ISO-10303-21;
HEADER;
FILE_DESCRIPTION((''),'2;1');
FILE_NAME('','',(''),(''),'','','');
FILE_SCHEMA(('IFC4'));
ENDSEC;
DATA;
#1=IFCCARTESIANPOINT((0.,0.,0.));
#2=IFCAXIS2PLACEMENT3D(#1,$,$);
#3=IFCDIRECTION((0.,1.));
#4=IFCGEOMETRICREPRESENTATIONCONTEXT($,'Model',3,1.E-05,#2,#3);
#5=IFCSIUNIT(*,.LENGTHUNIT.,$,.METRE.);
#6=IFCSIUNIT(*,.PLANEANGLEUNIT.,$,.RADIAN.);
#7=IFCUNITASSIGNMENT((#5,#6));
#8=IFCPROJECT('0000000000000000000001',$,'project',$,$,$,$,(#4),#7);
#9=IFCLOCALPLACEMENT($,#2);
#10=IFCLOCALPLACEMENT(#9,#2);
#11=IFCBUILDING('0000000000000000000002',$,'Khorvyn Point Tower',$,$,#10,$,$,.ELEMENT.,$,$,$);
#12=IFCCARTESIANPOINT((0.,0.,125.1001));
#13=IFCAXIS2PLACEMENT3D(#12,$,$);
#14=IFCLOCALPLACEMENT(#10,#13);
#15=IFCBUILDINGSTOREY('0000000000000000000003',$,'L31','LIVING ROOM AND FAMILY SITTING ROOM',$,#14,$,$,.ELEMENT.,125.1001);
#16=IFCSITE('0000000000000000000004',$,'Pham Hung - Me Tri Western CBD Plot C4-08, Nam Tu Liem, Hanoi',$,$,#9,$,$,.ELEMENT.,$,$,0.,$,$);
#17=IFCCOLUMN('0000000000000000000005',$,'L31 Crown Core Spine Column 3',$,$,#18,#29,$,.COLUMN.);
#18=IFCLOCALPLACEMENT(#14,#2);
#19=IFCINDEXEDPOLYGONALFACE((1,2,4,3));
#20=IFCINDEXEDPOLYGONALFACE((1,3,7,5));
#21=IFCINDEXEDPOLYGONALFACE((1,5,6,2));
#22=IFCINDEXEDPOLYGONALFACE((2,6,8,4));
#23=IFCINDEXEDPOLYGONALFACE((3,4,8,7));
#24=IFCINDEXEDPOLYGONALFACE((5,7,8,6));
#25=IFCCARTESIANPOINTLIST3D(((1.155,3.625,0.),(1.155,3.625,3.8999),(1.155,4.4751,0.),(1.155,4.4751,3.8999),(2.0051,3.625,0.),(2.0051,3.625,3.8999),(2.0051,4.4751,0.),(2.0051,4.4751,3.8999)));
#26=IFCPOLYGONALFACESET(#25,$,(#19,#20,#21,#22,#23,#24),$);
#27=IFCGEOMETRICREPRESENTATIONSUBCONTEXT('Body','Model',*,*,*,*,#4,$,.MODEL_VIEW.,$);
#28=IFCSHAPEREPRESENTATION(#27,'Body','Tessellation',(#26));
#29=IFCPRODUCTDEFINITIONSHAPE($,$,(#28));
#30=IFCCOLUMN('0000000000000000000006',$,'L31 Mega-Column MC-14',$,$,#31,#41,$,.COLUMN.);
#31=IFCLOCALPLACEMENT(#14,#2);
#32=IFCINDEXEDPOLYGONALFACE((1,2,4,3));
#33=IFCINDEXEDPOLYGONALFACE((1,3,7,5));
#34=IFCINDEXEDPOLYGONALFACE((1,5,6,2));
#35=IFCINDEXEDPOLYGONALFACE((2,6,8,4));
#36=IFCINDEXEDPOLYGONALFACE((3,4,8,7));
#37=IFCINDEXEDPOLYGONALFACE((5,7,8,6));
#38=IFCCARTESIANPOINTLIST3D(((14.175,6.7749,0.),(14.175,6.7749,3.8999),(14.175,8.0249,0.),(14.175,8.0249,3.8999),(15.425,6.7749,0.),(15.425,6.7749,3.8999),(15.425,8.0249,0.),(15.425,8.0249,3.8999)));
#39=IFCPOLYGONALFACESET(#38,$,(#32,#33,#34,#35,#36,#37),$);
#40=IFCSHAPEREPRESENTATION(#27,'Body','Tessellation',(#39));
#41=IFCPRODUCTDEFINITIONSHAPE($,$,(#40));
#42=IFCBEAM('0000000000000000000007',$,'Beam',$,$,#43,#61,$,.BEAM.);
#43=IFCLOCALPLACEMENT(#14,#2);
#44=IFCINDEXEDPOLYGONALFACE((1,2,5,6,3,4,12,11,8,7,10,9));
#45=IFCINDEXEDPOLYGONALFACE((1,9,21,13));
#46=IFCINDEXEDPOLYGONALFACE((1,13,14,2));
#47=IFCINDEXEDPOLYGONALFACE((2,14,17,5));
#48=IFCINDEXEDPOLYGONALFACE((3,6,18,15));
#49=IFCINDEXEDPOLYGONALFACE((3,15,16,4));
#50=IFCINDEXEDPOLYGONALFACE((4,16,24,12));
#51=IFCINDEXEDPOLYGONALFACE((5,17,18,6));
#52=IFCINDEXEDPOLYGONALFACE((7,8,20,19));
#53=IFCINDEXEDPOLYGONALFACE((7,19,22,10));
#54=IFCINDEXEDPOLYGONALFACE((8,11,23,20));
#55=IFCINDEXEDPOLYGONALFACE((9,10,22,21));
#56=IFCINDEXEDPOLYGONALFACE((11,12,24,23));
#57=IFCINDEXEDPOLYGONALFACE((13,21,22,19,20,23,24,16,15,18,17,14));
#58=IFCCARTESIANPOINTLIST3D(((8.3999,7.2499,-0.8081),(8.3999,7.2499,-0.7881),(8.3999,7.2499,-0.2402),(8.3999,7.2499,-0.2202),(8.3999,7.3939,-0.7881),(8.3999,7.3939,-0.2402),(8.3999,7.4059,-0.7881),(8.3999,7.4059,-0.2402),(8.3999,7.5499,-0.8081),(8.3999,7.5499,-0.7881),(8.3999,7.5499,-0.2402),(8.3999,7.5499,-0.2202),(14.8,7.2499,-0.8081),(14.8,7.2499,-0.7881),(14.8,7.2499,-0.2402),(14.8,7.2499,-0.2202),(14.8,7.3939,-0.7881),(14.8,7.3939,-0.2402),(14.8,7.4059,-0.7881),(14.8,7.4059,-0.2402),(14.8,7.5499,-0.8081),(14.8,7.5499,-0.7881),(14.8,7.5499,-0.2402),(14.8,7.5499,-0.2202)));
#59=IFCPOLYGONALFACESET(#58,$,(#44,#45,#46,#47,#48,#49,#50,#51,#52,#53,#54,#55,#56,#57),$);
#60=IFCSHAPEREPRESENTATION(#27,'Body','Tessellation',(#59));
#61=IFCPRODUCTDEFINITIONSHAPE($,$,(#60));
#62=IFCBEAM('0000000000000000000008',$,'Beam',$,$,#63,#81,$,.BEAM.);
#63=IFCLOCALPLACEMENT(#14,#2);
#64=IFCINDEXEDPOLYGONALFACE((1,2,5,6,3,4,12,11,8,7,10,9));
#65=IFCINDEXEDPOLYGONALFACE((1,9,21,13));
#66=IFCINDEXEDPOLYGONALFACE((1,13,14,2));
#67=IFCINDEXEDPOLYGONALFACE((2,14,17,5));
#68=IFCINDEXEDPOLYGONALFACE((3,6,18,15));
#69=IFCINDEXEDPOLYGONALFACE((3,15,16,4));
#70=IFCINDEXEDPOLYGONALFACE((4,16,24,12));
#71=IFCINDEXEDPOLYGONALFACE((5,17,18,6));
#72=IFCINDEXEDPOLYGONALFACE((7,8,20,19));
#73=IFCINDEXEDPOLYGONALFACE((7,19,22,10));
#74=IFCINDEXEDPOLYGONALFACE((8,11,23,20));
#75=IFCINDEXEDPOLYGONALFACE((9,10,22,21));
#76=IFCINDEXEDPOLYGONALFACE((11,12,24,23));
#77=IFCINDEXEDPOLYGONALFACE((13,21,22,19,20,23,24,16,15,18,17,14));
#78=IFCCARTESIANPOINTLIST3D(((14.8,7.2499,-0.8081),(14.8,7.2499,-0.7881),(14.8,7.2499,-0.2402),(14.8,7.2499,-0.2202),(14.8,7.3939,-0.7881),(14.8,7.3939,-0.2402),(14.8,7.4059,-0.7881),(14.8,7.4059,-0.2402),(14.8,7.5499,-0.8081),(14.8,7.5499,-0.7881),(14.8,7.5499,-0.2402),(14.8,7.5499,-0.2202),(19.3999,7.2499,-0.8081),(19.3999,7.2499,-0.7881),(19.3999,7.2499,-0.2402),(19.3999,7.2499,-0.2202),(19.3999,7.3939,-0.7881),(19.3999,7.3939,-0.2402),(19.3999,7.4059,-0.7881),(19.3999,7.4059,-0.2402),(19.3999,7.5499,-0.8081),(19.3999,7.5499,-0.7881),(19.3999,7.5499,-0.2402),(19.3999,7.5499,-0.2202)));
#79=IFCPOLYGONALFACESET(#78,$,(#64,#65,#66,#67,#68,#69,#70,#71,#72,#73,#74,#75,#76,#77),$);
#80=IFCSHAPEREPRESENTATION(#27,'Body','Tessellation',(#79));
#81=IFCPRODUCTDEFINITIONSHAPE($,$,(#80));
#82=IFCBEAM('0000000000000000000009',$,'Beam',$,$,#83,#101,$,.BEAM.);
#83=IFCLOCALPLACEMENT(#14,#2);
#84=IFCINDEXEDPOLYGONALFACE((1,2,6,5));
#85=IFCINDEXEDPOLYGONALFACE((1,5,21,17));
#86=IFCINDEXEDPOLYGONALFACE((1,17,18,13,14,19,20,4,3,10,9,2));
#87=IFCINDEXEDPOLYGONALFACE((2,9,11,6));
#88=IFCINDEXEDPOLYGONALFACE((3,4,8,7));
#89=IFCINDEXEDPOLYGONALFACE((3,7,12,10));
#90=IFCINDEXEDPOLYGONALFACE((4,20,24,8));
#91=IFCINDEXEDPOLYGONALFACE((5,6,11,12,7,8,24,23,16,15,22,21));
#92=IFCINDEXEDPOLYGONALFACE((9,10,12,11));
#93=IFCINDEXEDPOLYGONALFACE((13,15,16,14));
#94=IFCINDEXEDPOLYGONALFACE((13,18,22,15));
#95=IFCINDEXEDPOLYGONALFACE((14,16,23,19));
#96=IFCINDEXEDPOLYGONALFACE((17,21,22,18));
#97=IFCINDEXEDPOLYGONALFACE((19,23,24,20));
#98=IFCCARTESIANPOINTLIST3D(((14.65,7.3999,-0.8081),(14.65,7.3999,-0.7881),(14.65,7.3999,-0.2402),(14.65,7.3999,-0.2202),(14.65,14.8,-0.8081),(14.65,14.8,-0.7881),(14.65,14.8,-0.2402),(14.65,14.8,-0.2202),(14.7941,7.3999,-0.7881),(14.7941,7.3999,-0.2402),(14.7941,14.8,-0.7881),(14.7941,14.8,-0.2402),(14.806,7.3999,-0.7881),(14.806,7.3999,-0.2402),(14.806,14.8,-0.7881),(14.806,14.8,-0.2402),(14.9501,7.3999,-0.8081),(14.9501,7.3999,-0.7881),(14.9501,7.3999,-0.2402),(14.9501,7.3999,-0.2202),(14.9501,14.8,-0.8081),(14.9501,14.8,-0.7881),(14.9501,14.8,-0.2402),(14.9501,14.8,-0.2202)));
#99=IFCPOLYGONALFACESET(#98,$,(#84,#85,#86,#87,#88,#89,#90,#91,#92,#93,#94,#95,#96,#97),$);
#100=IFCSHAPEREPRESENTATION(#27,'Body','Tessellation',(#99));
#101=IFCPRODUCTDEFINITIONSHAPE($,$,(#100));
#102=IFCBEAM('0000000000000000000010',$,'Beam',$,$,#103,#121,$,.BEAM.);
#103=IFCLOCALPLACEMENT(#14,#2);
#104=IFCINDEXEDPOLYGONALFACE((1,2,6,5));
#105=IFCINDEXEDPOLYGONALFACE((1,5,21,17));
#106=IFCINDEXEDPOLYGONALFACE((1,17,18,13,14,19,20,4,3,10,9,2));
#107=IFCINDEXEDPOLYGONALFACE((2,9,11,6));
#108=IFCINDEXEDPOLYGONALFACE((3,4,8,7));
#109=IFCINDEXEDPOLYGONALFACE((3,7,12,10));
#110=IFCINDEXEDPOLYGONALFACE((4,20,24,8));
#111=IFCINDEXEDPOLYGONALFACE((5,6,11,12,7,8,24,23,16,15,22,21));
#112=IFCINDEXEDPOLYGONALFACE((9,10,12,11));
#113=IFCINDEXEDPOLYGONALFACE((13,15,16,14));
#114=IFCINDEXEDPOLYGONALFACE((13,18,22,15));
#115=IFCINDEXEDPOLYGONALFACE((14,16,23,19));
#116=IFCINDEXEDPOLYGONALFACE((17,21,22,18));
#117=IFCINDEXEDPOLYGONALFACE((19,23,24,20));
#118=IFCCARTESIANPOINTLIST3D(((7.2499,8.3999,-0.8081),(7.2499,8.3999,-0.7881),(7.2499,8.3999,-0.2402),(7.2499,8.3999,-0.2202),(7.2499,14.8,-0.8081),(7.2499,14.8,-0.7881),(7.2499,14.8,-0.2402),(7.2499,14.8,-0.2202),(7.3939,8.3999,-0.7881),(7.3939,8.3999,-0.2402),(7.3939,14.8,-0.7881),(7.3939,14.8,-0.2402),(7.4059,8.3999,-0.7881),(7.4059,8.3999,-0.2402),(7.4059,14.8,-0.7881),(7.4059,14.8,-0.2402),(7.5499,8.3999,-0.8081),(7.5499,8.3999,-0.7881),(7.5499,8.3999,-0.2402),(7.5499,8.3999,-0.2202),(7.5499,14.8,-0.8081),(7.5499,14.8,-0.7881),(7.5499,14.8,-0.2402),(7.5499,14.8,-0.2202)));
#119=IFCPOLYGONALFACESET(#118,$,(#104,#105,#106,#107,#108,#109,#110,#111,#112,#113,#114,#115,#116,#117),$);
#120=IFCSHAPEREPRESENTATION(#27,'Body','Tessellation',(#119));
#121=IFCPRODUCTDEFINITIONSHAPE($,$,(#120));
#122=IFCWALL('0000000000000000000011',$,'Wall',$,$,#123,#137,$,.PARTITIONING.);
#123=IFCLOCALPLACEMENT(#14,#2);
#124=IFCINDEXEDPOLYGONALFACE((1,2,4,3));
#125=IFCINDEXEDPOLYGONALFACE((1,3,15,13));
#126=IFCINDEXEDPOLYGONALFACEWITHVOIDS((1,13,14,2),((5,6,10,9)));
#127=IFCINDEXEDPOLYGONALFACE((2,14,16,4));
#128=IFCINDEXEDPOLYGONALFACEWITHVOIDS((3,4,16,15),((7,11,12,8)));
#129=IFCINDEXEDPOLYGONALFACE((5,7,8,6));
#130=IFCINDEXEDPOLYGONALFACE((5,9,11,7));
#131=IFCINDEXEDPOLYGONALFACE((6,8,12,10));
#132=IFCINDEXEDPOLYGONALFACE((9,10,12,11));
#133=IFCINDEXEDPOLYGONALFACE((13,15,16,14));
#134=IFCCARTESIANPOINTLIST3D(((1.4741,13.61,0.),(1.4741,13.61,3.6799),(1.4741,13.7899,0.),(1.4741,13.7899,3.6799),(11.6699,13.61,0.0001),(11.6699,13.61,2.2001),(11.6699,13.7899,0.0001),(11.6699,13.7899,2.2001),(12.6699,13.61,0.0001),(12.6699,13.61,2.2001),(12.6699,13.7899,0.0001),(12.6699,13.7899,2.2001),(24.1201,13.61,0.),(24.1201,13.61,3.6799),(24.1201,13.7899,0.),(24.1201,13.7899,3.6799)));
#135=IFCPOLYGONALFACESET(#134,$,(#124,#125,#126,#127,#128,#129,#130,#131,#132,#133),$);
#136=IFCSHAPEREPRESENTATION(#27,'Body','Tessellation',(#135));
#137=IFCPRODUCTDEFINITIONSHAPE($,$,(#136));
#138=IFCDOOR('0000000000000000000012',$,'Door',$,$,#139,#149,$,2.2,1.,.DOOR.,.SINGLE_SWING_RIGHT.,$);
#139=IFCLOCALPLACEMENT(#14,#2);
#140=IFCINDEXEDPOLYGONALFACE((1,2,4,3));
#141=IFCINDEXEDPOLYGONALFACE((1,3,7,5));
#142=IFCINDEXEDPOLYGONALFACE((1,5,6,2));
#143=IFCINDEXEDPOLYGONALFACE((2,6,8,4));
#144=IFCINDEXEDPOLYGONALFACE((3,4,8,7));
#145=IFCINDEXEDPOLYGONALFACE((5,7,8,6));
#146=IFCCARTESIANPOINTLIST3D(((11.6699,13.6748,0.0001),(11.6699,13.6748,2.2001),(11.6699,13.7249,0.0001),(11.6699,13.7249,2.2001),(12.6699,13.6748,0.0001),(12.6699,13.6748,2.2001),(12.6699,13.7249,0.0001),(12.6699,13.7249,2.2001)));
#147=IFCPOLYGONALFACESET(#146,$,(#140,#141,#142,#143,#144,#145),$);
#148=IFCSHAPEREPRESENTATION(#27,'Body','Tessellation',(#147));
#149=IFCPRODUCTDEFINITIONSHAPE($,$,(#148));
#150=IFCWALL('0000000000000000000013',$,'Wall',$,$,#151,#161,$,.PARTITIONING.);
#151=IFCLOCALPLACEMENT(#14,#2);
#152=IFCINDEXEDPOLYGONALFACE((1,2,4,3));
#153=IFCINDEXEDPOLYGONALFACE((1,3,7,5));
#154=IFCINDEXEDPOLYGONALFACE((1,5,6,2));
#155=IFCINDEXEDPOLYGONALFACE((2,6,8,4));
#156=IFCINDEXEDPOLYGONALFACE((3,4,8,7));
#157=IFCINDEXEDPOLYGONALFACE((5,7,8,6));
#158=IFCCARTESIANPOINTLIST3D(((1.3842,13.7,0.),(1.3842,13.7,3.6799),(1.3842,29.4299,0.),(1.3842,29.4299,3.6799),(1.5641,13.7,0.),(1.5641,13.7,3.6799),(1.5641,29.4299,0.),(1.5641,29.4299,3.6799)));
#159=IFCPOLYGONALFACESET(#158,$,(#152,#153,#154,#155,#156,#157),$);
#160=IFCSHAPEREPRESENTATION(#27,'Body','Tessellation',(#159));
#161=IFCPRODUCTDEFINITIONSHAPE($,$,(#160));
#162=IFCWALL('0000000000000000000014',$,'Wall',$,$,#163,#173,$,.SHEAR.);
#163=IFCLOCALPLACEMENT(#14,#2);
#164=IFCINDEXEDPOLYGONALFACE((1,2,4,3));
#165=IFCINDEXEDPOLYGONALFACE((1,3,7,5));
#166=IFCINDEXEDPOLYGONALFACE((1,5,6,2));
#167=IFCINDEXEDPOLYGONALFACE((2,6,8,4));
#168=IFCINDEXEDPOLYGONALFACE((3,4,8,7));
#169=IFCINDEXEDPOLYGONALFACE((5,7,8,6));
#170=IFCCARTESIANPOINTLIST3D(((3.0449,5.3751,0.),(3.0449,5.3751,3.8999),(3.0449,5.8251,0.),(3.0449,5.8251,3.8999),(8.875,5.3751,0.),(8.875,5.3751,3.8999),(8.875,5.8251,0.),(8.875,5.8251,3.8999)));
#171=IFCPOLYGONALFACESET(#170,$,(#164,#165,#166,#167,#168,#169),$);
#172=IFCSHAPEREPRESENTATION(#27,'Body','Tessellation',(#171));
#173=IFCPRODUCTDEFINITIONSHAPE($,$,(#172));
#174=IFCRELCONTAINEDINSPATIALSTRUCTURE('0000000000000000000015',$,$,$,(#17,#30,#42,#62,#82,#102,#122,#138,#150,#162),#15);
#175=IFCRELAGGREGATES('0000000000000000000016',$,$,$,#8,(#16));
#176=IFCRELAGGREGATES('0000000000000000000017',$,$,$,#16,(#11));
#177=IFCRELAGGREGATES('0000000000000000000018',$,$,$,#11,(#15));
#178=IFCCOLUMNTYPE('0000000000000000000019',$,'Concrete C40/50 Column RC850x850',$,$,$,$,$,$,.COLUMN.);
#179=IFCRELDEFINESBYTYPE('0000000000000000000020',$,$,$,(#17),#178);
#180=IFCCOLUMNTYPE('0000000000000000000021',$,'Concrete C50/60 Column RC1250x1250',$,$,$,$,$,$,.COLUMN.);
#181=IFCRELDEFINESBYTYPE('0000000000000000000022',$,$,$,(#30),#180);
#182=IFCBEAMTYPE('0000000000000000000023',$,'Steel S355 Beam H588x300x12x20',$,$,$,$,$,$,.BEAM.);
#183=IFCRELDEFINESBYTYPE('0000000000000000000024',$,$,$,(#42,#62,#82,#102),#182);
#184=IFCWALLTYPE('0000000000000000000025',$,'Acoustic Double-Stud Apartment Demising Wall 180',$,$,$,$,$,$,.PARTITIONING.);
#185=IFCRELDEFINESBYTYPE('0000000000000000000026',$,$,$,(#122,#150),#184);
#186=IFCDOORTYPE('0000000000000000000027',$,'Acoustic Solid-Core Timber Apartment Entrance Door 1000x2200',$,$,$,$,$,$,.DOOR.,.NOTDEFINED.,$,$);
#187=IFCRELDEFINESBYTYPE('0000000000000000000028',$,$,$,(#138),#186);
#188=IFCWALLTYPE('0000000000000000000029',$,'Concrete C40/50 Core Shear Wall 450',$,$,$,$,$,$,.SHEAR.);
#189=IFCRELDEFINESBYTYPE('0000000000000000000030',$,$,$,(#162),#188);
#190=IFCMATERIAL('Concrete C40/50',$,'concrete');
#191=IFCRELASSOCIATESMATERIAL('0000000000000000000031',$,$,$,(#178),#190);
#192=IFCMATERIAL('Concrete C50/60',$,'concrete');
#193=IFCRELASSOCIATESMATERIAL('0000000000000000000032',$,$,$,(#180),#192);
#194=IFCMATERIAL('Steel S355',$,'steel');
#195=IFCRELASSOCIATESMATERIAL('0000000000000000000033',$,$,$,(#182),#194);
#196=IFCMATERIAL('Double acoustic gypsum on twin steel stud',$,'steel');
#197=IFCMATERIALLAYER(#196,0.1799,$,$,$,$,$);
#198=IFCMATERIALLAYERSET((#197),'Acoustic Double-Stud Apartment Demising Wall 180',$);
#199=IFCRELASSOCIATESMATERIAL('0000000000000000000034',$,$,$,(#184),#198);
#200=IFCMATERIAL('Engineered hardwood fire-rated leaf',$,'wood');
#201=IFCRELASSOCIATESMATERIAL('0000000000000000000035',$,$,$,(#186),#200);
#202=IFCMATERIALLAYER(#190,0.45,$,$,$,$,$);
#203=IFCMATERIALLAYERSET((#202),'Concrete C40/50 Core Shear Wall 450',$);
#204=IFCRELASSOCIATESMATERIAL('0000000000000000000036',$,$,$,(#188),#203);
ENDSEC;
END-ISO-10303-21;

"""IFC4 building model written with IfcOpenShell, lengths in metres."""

from ifc_helpers import new_model, si_unit, direction, frame, frame_2d, origin, origin_2d, place, context, subcontext, project, spatial, rectangle, i_section, extrude, material, layer, layer_set, material_profile, profile_set, type_object, element, fill, save


model = new_model("IFC4")

# Units and contexts
model_context = context("Model", 3, precision=1e-05, world=origin(), true_north=direction((0.0, 1.0)))
body_context = subcontext(model_context, "Body", "Model", "MODEL_VIEW")
ifc_project = project(units=[si_unit("LENGTHUNIT", "METRE"), si_unit("PLANEANGLEUNIT", "RADIAN")], contexts=[model_context])

# Site, building, storey
site_placement = place(None, origin())
site = spatial("IfcSite", under=ifc_project, at=site_placement, Name="Pham Hung - Me Tri Western CBD Plot C4-08, Nam Tu Liem, Hanoi", CompositionType="ELEMENT", RefElevation=0.0)
building_placement = place(site_placement, origin())
building = spatial("IfcBuilding", under=site, at=building_placement, Name="Khorvyn Point Tower", CompositionType="ELEMENT")
storey_placement = place(building_placement, frame((0.0, 0.0, 125.1001)))
storey = spatial("IfcBuildingStorey", under=building, at=storey_placement, Name="L31", Description="LIVING ROOM AND FAMILY SITTING ROOM", CompositionType="ELEMENT", Elevation=125.1001)

# Columns
ifc_material_1 = material(Name="Concrete C40/50", Category="concrete")
ifc_material_profile_1 = material_profile(ifc_material_1, rectangle(XDim=0.8501, YDim=0.8501, at=origin_2d()))
ifc_profile_set_1 = profile_set([ifc_material_profile_1], Name="Concrete C40/50 RC850x850")
column_type_1 = type_object("IfcColumnType", Name="Concrete C40/50 Column RC850x850", PredefinedType="COLUMN", material=ifc_profile_set_1)
column_1_placement = place(storey_placement, frame((1.5801, 4.05, 0.0), z_axis=(0.0, 0.0, 1.0), x_axis=(1.0, 0.0, 0.0)))
element("IfcColumn", 1, at=column_1_placement, inside=storey, type_object=column_type_1, Name="L31 Crown Core Spine Column 3", PredefinedType="COLUMN", context=body_context, shape_type="SweptSolid", body=[
    extrude(rectangle(XDim=0.8501, YDim=0.8501, at=origin_2d()), origin(), (0.0, 0.0, 1.0), 3.8999),
])
ifc_material_2 = material(Name="Concrete C50/60", Category="concrete")
ifc_material_profile_2 = material_profile(ifc_material_2, rectangle(XDim=1.25, YDim=1.25, at=origin_2d()))
ifc_profile_set_2 = profile_set([ifc_material_profile_2], Name="Concrete C50/60 RC1250x1250")
column_type_2 = type_object("IfcColumnType", Name="Concrete C50/60 Column RC1250x1250", PredefinedType="COLUMN", material=ifc_profile_set_2)
column_2_placement = place(storey_placement, frame((14.8, 7.3999, 0.0), z_axis=(0.0, 0.0, 1.0), x_axis=(1.0, 0.0, 0.0)))
element("IfcColumn", 2, at=column_2_placement, inside=storey, type_object=column_type_2, Name="L31 Mega-Column MC-14", PredefinedType="COLUMN", context=body_context, shape_type="SweptSolid", body=[
    extrude(rectangle(XDim=1.25, YDim=1.25, at=origin_2d()), origin(), (0.0, 0.0, 1.0), 3.8999),
])

# Beams
ifc_material_3 = material(Name="Steel S355", Category="steel")
ifc_material_profile_3 = material_profile(ifc_material_3, i_section(OverallWidth=0.3, OverallDepth=0.5879, WebThickness=0.012, FlangeThickness=0.02, at=origin_2d()))
ifc_profile_set_3 = profile_set([ifc_material_profile_3], Name="Steel S355 H588x300x12x20")
beam_type = type_object("IfcBeamType", Name="Steel S355 Beam H588x300x12x20", PredefinedType="BEAM", material=ifc_profile_set_3)
beam_1_placement = place(storey_placement, frame((8.3999, 7.3999, -0.5142), z_axis=(1.0, 0.0, 0.0), x_axis=(0.0, 1.0, 0.0)))
element("IfcBeam", 3, at=beam_1_placement, inside=storey, type_object=beam_type, Name="Beam", PredefinedType="BEAM", context=body_context, shape_type="SweptSolid", body=[
    extrude(i_section(OverallWidth=0.3, OverallDepth=0.5879, WebThickness=0.012, FlangeThickness=0.02, at=origin_2d()), origin(), (0.0, 0.0, 1.0), 6.4001),
])
beam_2_placement = place(storey_placement, frame((14.8, 7.3999, -0.5142), z_axis=(1.0, 0.0, 0.0), x_axis=(0.0, 1.0, 0.0)))
element("IfcBeam", 4, at=beam_2_placement, inside=storey, type_object=beam_type, Name="Beam", PredefinedType="BEAM", context=body_context, shape_type="SweptSolid", body=[
    extrude(i_section(OverallWidth=0.3, OverallDepth=0.5879, WebThickness=0.012, FlangeThickness=0.02, at=origin_2d()), origin(), (0.0, 0.0, 1.0), 4.5999),
])
beam_3_placement = place(storey_placement, frame((14.8, 7.3999, -0.5142), z_axis=(0.0, 1.0, 0.0), x_axis=(-1.0, 0.0, 0.0)))
element("IfcBeam", 5, at=beam_3_placement, inside=storey, type_object=beam_type, Name="Beam", PredefinedType="BEAM", context=body_context, shape_type="SweptSolid", body=[
    extrude(i_section(OverallWidth=0.3, OverallDepth=0.5879, WebThickness=0.012, FlangeThickness=0.02, at=origin_2d()), origin(), (0.0, 0.0, 1.0), 7.4001),
])
beam_4_placement = place(storey_placement, frame((7.3999, 8.3999, -0.5142), z_axis=(0.0, 1.0, 0.0), x_axis=(-1.0, 0.0, 0.0)))
element("IfcBeam", 6, at=beam_4_placement, inside=storey, type_object=beam_type, Name="Beam", PredefinedType="BEAM", context=body_context, shape_type="SweptSolid", body=[
    extrude(i_section(OverallWidth=0.3, OverallDepth=0.5879, WebThickness=0.012, FlangeThickness=0.02, at=origin_2d()), origin(), (0.0, 0.0, 1.0), 6.4001),
])

# Wall, opening, door
ifc_material_4 = material(Name="Double acoustic gypsum on twin steel stud", Category="steel")
ifc_layer_1 = layer(ifc_material_4, 0.1799)
ifc_layer_set_1 = layer_set([ifc_layer_1], Name="Acoustic Double-Stud Apartment Demising Wall 180")
wall_type_1 = type_object("IfcWallType", Name="Acoustic Double-Stud Apartment Demising Wall 180", PredefinedType="PARTITIONING", material=ifc_layer_set_1)
wall_1_placement = place(storey_placement, frame((1.4741, 13.7, 0.0), z_axis=(0.0, 0.0, 1.0), x_axis=(1.0, 0.0, 0.0)))
wall_1 = element("IfcWall", 7, at=wall_1_placement, inside=storey, type_object=wall_type_1, Name="Wall", PredefinedType="PARTITIONING", context=body_context, shape_type="SweptSolid", body=[
    extrude(rectangle(XDim=22.646, YDim=0.1799, at=frame_2d((11.323, 0.0))), origin(), (0.0, 0.0, 1.0), 3.6799),
])
opening_1_placement = place(wall_1_placement, frame((10.1958, 0.0, 0.0)))
opening_1 = element("IfcOpeningElement", 8, at=opening_1_placement, cuts=wall_1, PredefinedType="OPENING", context=body_context, shape_type="SweptSolid", body=[
    extrude(rectangle(XDim=1.0, YDim=2.2, at=frame_2d((0.5, 1.1001))), frame((0.0, 0.0999, 0.0), z_axis=(0.0, -1.0, 0.0), x_axis=(1.0, 0.0, 0.0)), (0.0, 0.0, 1.0), 0.2),
])
ifc_material_5 = material(Name="Engineered hardwood fire-rated leaf", Category="wood")
door_type_1 = type_object("IfcDoorType", Name="Acoustic Solid-Core Timber Apartment Entrance Door 1000x2200", OperationType="NOTDEFINED", PredefinedType="DOOR", material=ifc_material_5)
door_1_placement = place(opening_1_placement, origin())
door_1 = element("IfcDoor", 9, at=door_1_placement, inside=storey, type_object=door_type_1, Name="Door", OperationType="SINGLE_SWING_RIGHT", OverallHeight=2.2, OverallWidth=1.0, PredefinedType="DOOR", context=body_context, shape_type="SweptSolid", body=[
    extrude(rectangle(XDim=1.0, YDim=2.2, at=frame_2d((0.5, 1.1001))), frame((0.0, 0.0249, 0.0), z_axis=(0.0, -1.0, 0.0), x_axis=(1.0, 0.0, 0.0)), (0.0, 0.0, 1.0), 0.05),
])
fill(opening_1, door_1)

# Walls
wall_2_placement = place(storey_placement, frame((1.4741, 13.7, 0.0), z_axis=(0.0, 0.0, 1.0), x_axis=(0.0, 1.0, 0.0)))
element("IfcWall", 10, at=wall_2_placement, inside=storey, type_object=wall_type_1, Name="Wall", PredefinedType="PARTITIONING", context=body_context, shape_type="SweptSolid", body=[
    extrude(rectangle(XDim=15.73, YDim=0.1799, at=frame_2d((7.865, 0.0))), origin(), (0.0, 0.0, 1.0), 3.6799),
])
ifc_layer_2 = layer(ifc_material_1, 0.45)
ifc_layer_set_2 = layer_set([ifc_layer_2], Name="Concrete C40/50 Core Shear Wall 450")
wall_type_2 = type_object("IfcWallType", Name="Concrete C40/50 Core Shear Wall 450", PredefinedType="SHEAR", material=ifc_layer_set_2)
wall_3_placement = place(storey_placement, frame((3.0449, 5.6001, 0.0), z_axis=(0.0, 0.0, 1.0), x_axis=(1.0, 0.0, 0.0)))
element("IfcWall", 11, at=wall_3_placement, inside=storey, type_object=wall_type_2, Name="Wall", PredefinedType="SHEAR", context=body_context, shape_type="SweptSolid", body=[
    extrude(rectangle(XDim=5.8301, YDim=0.45, at=frame_2d((2.915, 0.0))), origin(), (0.0, 0.0, 1.0), 3.8999),
])

save(model, "model.ifc")
